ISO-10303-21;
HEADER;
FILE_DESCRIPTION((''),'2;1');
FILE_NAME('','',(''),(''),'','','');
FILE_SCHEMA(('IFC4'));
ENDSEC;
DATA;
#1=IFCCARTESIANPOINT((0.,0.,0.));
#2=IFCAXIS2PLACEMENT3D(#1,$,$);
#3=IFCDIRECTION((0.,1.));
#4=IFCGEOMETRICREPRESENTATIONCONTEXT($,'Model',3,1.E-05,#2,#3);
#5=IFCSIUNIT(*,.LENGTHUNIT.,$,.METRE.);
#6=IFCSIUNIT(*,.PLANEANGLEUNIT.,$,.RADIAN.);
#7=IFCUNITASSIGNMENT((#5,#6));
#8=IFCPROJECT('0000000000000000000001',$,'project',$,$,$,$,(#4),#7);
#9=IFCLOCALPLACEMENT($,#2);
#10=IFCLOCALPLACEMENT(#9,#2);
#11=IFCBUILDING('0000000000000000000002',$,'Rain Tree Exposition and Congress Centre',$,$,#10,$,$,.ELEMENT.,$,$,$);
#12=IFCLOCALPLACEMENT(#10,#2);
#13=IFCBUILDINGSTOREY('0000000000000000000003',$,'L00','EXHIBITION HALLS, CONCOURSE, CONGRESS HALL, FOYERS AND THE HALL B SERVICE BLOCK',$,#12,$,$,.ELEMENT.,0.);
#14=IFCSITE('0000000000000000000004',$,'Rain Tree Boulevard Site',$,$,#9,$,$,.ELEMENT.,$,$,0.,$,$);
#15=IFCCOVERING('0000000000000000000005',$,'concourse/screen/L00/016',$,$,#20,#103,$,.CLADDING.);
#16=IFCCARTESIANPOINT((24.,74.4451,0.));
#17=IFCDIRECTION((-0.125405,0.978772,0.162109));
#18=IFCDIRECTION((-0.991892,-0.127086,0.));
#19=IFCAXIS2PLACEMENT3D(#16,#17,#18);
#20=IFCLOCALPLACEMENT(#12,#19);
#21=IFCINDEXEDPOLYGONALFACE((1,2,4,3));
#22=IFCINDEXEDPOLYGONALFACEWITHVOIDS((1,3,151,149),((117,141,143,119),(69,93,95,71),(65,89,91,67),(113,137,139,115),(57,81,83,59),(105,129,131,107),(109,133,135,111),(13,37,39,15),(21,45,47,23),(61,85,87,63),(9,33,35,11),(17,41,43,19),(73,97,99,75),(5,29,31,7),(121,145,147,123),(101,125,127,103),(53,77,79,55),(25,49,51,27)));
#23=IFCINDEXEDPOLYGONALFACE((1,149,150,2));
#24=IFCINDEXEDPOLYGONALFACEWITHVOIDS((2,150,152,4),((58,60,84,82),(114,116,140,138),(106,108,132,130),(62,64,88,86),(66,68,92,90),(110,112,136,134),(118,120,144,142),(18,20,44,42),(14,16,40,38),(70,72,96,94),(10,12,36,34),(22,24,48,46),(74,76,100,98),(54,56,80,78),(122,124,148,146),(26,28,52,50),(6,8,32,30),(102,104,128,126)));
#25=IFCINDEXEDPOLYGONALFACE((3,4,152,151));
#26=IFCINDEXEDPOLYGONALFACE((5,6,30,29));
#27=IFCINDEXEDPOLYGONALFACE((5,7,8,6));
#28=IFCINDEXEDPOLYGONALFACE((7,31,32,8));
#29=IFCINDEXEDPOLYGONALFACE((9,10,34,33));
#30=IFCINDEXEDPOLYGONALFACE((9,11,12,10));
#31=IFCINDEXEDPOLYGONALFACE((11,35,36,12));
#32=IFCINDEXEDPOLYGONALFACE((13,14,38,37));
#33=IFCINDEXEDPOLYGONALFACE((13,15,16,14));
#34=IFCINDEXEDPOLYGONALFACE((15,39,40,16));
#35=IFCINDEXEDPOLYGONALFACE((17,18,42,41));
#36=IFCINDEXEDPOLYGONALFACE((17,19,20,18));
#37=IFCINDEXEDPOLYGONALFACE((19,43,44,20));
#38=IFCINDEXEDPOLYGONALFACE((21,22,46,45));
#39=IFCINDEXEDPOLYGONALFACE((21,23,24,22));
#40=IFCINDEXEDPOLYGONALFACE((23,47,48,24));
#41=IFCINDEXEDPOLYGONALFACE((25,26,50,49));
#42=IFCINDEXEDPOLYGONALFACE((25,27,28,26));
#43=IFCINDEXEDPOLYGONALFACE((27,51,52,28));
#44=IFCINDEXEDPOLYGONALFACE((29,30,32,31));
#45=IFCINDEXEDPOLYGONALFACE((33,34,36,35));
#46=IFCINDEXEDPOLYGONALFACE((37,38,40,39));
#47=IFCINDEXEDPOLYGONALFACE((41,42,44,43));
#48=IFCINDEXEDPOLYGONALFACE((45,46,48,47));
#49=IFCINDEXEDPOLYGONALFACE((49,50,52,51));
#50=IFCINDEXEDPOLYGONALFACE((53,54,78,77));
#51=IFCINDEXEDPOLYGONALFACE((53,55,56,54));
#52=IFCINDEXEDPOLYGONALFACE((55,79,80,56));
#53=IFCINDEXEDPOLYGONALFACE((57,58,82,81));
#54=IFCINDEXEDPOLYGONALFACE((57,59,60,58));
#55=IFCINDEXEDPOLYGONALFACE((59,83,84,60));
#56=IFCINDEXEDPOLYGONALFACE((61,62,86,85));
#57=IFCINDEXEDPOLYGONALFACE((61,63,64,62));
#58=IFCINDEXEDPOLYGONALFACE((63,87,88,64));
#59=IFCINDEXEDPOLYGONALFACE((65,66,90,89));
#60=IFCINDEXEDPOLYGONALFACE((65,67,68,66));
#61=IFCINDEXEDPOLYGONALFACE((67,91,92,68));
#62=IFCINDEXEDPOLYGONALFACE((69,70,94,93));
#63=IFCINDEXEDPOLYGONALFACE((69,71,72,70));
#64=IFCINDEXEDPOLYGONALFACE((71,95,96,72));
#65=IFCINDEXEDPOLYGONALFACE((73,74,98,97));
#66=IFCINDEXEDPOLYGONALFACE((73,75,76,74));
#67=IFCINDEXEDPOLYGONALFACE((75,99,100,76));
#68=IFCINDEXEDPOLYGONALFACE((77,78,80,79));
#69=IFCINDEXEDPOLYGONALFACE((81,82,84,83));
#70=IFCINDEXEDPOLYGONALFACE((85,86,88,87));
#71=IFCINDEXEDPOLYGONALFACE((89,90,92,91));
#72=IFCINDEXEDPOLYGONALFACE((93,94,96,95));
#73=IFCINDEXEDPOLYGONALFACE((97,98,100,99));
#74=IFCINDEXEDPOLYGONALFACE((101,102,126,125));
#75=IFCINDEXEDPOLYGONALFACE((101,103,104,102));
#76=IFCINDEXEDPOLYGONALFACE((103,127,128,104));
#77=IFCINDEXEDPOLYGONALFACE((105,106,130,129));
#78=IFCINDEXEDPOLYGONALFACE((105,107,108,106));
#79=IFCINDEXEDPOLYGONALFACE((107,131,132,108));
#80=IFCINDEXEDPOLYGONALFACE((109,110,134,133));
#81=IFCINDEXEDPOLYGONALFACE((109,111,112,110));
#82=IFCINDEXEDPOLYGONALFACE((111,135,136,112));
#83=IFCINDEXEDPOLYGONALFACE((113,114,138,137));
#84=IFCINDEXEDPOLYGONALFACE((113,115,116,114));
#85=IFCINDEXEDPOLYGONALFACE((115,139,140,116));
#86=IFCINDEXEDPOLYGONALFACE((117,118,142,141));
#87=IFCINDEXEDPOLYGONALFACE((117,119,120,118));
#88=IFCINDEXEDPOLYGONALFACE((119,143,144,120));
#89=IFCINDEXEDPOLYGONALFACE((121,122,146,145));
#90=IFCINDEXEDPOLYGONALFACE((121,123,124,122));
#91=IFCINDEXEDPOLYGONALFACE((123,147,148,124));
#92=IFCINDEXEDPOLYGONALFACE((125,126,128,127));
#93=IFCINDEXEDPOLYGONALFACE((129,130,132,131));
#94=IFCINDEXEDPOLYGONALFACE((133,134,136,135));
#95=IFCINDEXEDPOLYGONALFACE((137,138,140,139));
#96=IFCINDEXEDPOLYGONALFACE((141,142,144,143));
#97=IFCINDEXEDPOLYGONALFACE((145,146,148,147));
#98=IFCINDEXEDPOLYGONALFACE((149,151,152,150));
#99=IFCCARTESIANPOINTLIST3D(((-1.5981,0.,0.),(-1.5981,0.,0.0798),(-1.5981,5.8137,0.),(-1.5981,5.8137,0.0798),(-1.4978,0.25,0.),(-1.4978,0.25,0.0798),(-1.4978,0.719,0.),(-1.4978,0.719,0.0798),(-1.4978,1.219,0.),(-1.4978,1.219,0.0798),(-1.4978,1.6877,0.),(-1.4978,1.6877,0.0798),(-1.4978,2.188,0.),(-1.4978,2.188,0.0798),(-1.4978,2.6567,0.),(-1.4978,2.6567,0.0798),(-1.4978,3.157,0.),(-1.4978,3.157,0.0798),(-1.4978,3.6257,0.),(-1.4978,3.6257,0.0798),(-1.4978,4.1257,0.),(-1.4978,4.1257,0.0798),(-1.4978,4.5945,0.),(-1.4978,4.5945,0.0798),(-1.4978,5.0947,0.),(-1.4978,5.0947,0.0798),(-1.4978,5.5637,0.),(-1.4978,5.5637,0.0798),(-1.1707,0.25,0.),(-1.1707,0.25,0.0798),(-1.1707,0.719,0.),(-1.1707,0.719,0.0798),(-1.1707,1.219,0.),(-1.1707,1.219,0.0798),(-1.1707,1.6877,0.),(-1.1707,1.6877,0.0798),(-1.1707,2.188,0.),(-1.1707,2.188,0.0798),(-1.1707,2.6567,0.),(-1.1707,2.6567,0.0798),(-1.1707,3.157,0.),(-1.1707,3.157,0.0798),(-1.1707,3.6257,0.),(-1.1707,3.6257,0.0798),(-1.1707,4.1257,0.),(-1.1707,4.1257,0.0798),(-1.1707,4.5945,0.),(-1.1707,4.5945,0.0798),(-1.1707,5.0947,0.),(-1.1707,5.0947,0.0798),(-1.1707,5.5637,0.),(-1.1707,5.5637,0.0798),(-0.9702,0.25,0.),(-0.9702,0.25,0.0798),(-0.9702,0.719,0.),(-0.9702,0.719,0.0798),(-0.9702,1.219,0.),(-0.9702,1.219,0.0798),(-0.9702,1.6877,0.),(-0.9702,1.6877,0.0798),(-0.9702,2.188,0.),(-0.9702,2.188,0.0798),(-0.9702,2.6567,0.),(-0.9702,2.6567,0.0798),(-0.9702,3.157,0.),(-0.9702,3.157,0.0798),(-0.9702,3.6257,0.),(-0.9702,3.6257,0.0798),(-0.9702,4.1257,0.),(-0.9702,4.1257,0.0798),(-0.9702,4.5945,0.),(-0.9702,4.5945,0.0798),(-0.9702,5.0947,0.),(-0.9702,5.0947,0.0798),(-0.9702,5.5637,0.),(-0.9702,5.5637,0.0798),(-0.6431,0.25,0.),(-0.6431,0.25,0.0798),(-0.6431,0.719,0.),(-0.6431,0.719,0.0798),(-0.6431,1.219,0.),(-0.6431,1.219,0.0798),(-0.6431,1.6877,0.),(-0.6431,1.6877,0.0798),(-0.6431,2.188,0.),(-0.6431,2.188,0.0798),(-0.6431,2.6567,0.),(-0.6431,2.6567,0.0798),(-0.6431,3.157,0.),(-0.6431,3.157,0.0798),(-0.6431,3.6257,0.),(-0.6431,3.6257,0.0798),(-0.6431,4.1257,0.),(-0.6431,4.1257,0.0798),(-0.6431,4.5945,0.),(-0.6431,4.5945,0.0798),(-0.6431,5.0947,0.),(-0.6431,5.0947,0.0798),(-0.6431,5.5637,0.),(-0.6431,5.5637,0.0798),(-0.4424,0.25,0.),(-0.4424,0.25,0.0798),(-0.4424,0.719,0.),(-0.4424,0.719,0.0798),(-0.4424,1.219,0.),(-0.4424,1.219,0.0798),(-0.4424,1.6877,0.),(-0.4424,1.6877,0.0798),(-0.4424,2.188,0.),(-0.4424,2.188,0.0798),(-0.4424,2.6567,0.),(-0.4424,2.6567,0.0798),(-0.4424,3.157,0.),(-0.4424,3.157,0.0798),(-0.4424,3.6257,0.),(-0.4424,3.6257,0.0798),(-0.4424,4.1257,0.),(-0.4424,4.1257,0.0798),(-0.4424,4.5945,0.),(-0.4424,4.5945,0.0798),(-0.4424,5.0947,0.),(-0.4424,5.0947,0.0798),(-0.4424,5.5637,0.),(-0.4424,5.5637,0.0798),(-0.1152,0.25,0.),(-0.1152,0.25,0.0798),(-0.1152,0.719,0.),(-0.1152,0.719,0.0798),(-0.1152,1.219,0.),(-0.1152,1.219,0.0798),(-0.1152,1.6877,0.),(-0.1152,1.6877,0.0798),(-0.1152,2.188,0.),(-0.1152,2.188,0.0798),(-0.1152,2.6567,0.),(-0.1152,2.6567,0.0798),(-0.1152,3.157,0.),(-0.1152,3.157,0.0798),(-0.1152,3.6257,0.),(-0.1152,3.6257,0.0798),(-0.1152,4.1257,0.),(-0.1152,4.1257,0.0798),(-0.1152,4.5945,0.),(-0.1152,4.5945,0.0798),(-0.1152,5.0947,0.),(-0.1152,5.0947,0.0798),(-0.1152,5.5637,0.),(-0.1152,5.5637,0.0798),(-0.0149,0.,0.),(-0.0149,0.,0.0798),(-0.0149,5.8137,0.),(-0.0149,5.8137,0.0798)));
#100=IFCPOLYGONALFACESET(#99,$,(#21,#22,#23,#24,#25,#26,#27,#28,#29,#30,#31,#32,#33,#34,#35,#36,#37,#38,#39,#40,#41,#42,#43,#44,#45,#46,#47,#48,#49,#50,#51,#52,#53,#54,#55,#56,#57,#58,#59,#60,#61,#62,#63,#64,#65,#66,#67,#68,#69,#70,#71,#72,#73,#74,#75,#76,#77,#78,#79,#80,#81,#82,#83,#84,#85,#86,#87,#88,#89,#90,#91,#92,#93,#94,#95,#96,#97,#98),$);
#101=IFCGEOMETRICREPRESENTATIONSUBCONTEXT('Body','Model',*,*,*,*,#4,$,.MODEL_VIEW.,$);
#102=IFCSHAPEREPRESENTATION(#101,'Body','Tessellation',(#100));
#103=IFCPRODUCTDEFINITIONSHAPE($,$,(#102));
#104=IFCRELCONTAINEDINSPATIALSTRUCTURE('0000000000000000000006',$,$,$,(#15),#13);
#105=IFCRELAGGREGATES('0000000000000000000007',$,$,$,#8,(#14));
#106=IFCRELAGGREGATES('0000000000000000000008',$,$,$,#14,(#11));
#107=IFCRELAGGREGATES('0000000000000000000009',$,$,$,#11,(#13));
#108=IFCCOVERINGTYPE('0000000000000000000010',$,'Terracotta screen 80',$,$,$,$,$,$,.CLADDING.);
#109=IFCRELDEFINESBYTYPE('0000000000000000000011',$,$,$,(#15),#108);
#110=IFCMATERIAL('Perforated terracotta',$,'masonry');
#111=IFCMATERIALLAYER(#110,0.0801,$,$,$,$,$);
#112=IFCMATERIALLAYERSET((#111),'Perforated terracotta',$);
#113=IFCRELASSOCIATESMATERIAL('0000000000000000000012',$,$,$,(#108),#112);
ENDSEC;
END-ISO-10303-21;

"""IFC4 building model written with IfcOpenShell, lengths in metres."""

from ifc_helpers import new_model, si_unit, direction, frame, origin, place, context, subcontext, project, spatial, polyline, outline, extrude, material, layer, layer_set, type_object, element, save


model = new_model("IFC4")

# Units and contexts
model_context = context("Model", 3, precision=1e-05, world=origin(), true_north=direction((0.0, 1.0)))
body_context = subcontext(model_context, "Body", "Model", "MODEL_VIEW")
ifc_project = project(units=[si_unit("LENGTHUNIT", "METRE"), si_unit("PLANEANGLEUNIT", "RADIAN")], contexts=[model_context])

# Site, building, storey
site_placement = place(None, origin())
site = spatial("IfcSite", under=ifc_project, at=site_placement, Name="Rain Tree Boulevard Site", CompositionType="ELEMENT", RefElevation=0.0)
building_placement = place(site_placement, origin())
building = spatial("IfcBuilding", under=site, at=building_placement, Name="Rain Tree Exposition and Congress Centre", CompositionType="ELEMENT")
storey_placement = place(building_placement, origin())
storey = spatial("IfcBuildingStorey", under=building, at=storey_placement, Name="L00", Description="EXHIBITION HALLS, CONCOURSE, CONGRESS HALL, FOYERS AND THE HALL B SERVICE BLOCK", CompositionType="ELEMENT", Elevation=0.0)

# Covering
ifc_material_1 = material(Name="Perforated terracotta", Category="masonry")
ifc_layer_1 = layer(ifc_material_1, 0.0801)
ifc_layer_set_1 = layer_set([ifc_layer_1], Name="Perforated terracotta")
covering_type = type_object("IfcCoveringType", Name="Terracotta screen 80", PredefinedType="CLADDING", material=ifc_layer_set_1)
covering_1_placement = place(storey_placement, frame((24.0, 74.4451, 0.0), z_axis=(-0.125405, 0.978772, 0.162109), x_axis=(-0.991892, -0.127086, 0.0)))
element("IfcCovering", 1, at=covering_1_placement, inside=storey, type_object=covering_type, Name="concourse/screen/L00/016", PredefinedType="CLADDING", context=body_context, shape_type="SweptSolid", body=[
    extrude(outline(polyline([(-0.0149, 0.0), (-1.5981, 0.0), (-1.5981, 5.8137), (-0.0149, 5.8137), (-0.0149, 0.0)]), holes=[polyline([(-0.1152, 0.25), (-0.1152, 0.719), (-0.4424, 0.719), (-0.4424, 0.25), (-0.1152, 0.25)]), polyline([(-0.1152, 1.219), (-0.1152, 1.6877), (-0.4424, 1.6877), (-0.4424, 1.219), (-0.1152, 1.219)]), polyline([(-0.1152, 2.188), (-0.1152, 2.6567), (-0.4424, 2.6567), (-0.4424, 2.188), (-0.1152, 2.188)]), polyline([(-0.1152, 3.157), (-0.1152, 3.6257), (-0.4424, 3.6257), (-0.4424, 3.157), (-0.1152, 3.157)]), polyline([(-0.1152, 4.1257), (-0.1152, 4.5945), (-0.4424, 4.5945), (-0.4424, 4.1257), (-0.1152, 4.1257)]), polyline([(-0.1152, 5.0947), (-0.1152, 5.5637), (-0.4424, 5.5637), (-0.4424, 5.0947), (-0.1152, 5.0947)]), polyline([(-0.6431, 0.25), (-0.6431, 0.719), (-0.9702, 0.719), (-0.9702, 0.25), (-0.6431, 0.25)]), polyline([(-0.6431, 1.219), (-0.6431, 1.6877), (-0.9702, 1.6877), (-0.9702, 1.219), (-0.6431, 1.219)]), polyline([(-0.6431, 2.188), (-0.6431, 2.6567), (-0.9702, 2.6567), (-0.9702, 2.188), (-0.6431, 2.188)]), polyline([(-0.6431, 3.157), (-0.6431, 3.6257), (-0.9702, 3.6257), (-0.9702, 3.157), (-0.6431, 3.157)]), polyline([(-0.6431, 4.1257), (-0.6431, 4.5945), (-0.9702, 4.5945), (-0.9702, 4.1257), (-0.6431, 4.1257)]), polyline([(-0.6431, 5.0947), (-0.6431, 5.5637), (-0.9702, 5.5637), (-0.9702, 5.0947), (-0.6431, 5.0947)]), polyline([(-1.1707, 0.25), (-1.1707, 0.719), (-1.4978, 0.719), (-1.4978, 0.25), (-1.1707, 0.25)]), polyline([(-1.1707, 1.219), (-1.1707, 1.6877), (-1.4978, 1.6877), (-1.4978, 1.219), (-1.1707, 1.219)]), polyline([(-1.1707, 2.188), (-1.1707, 2.6567), (-1.4978, 2.6567), (-1.4978, 2.188), (-1.1707, 2.188)]), polyline([(-1.1707, 3.157), (-1.1707, 3.6257), (-1.4978, 3.6257), (-1.4978, 3.157), (-1.1707, 3.157)]), polyline([(-1.1707, 4.1257), (-1.1707, 4.5945), (-1.4978, 4.5945), (-1.4978, 4.1257), (-1.1707, 4.1257)]), polyline([(-1.1707, 5.0947), (-1.1707, 5.5637), (-1.4978, 5.5637), (-1.4978, 5.0947), (-1.1707, 5.0947)])]), origin(), (0.0, 0.0, 1.0), 0.0798),
])

save(model, "model.ifc")
